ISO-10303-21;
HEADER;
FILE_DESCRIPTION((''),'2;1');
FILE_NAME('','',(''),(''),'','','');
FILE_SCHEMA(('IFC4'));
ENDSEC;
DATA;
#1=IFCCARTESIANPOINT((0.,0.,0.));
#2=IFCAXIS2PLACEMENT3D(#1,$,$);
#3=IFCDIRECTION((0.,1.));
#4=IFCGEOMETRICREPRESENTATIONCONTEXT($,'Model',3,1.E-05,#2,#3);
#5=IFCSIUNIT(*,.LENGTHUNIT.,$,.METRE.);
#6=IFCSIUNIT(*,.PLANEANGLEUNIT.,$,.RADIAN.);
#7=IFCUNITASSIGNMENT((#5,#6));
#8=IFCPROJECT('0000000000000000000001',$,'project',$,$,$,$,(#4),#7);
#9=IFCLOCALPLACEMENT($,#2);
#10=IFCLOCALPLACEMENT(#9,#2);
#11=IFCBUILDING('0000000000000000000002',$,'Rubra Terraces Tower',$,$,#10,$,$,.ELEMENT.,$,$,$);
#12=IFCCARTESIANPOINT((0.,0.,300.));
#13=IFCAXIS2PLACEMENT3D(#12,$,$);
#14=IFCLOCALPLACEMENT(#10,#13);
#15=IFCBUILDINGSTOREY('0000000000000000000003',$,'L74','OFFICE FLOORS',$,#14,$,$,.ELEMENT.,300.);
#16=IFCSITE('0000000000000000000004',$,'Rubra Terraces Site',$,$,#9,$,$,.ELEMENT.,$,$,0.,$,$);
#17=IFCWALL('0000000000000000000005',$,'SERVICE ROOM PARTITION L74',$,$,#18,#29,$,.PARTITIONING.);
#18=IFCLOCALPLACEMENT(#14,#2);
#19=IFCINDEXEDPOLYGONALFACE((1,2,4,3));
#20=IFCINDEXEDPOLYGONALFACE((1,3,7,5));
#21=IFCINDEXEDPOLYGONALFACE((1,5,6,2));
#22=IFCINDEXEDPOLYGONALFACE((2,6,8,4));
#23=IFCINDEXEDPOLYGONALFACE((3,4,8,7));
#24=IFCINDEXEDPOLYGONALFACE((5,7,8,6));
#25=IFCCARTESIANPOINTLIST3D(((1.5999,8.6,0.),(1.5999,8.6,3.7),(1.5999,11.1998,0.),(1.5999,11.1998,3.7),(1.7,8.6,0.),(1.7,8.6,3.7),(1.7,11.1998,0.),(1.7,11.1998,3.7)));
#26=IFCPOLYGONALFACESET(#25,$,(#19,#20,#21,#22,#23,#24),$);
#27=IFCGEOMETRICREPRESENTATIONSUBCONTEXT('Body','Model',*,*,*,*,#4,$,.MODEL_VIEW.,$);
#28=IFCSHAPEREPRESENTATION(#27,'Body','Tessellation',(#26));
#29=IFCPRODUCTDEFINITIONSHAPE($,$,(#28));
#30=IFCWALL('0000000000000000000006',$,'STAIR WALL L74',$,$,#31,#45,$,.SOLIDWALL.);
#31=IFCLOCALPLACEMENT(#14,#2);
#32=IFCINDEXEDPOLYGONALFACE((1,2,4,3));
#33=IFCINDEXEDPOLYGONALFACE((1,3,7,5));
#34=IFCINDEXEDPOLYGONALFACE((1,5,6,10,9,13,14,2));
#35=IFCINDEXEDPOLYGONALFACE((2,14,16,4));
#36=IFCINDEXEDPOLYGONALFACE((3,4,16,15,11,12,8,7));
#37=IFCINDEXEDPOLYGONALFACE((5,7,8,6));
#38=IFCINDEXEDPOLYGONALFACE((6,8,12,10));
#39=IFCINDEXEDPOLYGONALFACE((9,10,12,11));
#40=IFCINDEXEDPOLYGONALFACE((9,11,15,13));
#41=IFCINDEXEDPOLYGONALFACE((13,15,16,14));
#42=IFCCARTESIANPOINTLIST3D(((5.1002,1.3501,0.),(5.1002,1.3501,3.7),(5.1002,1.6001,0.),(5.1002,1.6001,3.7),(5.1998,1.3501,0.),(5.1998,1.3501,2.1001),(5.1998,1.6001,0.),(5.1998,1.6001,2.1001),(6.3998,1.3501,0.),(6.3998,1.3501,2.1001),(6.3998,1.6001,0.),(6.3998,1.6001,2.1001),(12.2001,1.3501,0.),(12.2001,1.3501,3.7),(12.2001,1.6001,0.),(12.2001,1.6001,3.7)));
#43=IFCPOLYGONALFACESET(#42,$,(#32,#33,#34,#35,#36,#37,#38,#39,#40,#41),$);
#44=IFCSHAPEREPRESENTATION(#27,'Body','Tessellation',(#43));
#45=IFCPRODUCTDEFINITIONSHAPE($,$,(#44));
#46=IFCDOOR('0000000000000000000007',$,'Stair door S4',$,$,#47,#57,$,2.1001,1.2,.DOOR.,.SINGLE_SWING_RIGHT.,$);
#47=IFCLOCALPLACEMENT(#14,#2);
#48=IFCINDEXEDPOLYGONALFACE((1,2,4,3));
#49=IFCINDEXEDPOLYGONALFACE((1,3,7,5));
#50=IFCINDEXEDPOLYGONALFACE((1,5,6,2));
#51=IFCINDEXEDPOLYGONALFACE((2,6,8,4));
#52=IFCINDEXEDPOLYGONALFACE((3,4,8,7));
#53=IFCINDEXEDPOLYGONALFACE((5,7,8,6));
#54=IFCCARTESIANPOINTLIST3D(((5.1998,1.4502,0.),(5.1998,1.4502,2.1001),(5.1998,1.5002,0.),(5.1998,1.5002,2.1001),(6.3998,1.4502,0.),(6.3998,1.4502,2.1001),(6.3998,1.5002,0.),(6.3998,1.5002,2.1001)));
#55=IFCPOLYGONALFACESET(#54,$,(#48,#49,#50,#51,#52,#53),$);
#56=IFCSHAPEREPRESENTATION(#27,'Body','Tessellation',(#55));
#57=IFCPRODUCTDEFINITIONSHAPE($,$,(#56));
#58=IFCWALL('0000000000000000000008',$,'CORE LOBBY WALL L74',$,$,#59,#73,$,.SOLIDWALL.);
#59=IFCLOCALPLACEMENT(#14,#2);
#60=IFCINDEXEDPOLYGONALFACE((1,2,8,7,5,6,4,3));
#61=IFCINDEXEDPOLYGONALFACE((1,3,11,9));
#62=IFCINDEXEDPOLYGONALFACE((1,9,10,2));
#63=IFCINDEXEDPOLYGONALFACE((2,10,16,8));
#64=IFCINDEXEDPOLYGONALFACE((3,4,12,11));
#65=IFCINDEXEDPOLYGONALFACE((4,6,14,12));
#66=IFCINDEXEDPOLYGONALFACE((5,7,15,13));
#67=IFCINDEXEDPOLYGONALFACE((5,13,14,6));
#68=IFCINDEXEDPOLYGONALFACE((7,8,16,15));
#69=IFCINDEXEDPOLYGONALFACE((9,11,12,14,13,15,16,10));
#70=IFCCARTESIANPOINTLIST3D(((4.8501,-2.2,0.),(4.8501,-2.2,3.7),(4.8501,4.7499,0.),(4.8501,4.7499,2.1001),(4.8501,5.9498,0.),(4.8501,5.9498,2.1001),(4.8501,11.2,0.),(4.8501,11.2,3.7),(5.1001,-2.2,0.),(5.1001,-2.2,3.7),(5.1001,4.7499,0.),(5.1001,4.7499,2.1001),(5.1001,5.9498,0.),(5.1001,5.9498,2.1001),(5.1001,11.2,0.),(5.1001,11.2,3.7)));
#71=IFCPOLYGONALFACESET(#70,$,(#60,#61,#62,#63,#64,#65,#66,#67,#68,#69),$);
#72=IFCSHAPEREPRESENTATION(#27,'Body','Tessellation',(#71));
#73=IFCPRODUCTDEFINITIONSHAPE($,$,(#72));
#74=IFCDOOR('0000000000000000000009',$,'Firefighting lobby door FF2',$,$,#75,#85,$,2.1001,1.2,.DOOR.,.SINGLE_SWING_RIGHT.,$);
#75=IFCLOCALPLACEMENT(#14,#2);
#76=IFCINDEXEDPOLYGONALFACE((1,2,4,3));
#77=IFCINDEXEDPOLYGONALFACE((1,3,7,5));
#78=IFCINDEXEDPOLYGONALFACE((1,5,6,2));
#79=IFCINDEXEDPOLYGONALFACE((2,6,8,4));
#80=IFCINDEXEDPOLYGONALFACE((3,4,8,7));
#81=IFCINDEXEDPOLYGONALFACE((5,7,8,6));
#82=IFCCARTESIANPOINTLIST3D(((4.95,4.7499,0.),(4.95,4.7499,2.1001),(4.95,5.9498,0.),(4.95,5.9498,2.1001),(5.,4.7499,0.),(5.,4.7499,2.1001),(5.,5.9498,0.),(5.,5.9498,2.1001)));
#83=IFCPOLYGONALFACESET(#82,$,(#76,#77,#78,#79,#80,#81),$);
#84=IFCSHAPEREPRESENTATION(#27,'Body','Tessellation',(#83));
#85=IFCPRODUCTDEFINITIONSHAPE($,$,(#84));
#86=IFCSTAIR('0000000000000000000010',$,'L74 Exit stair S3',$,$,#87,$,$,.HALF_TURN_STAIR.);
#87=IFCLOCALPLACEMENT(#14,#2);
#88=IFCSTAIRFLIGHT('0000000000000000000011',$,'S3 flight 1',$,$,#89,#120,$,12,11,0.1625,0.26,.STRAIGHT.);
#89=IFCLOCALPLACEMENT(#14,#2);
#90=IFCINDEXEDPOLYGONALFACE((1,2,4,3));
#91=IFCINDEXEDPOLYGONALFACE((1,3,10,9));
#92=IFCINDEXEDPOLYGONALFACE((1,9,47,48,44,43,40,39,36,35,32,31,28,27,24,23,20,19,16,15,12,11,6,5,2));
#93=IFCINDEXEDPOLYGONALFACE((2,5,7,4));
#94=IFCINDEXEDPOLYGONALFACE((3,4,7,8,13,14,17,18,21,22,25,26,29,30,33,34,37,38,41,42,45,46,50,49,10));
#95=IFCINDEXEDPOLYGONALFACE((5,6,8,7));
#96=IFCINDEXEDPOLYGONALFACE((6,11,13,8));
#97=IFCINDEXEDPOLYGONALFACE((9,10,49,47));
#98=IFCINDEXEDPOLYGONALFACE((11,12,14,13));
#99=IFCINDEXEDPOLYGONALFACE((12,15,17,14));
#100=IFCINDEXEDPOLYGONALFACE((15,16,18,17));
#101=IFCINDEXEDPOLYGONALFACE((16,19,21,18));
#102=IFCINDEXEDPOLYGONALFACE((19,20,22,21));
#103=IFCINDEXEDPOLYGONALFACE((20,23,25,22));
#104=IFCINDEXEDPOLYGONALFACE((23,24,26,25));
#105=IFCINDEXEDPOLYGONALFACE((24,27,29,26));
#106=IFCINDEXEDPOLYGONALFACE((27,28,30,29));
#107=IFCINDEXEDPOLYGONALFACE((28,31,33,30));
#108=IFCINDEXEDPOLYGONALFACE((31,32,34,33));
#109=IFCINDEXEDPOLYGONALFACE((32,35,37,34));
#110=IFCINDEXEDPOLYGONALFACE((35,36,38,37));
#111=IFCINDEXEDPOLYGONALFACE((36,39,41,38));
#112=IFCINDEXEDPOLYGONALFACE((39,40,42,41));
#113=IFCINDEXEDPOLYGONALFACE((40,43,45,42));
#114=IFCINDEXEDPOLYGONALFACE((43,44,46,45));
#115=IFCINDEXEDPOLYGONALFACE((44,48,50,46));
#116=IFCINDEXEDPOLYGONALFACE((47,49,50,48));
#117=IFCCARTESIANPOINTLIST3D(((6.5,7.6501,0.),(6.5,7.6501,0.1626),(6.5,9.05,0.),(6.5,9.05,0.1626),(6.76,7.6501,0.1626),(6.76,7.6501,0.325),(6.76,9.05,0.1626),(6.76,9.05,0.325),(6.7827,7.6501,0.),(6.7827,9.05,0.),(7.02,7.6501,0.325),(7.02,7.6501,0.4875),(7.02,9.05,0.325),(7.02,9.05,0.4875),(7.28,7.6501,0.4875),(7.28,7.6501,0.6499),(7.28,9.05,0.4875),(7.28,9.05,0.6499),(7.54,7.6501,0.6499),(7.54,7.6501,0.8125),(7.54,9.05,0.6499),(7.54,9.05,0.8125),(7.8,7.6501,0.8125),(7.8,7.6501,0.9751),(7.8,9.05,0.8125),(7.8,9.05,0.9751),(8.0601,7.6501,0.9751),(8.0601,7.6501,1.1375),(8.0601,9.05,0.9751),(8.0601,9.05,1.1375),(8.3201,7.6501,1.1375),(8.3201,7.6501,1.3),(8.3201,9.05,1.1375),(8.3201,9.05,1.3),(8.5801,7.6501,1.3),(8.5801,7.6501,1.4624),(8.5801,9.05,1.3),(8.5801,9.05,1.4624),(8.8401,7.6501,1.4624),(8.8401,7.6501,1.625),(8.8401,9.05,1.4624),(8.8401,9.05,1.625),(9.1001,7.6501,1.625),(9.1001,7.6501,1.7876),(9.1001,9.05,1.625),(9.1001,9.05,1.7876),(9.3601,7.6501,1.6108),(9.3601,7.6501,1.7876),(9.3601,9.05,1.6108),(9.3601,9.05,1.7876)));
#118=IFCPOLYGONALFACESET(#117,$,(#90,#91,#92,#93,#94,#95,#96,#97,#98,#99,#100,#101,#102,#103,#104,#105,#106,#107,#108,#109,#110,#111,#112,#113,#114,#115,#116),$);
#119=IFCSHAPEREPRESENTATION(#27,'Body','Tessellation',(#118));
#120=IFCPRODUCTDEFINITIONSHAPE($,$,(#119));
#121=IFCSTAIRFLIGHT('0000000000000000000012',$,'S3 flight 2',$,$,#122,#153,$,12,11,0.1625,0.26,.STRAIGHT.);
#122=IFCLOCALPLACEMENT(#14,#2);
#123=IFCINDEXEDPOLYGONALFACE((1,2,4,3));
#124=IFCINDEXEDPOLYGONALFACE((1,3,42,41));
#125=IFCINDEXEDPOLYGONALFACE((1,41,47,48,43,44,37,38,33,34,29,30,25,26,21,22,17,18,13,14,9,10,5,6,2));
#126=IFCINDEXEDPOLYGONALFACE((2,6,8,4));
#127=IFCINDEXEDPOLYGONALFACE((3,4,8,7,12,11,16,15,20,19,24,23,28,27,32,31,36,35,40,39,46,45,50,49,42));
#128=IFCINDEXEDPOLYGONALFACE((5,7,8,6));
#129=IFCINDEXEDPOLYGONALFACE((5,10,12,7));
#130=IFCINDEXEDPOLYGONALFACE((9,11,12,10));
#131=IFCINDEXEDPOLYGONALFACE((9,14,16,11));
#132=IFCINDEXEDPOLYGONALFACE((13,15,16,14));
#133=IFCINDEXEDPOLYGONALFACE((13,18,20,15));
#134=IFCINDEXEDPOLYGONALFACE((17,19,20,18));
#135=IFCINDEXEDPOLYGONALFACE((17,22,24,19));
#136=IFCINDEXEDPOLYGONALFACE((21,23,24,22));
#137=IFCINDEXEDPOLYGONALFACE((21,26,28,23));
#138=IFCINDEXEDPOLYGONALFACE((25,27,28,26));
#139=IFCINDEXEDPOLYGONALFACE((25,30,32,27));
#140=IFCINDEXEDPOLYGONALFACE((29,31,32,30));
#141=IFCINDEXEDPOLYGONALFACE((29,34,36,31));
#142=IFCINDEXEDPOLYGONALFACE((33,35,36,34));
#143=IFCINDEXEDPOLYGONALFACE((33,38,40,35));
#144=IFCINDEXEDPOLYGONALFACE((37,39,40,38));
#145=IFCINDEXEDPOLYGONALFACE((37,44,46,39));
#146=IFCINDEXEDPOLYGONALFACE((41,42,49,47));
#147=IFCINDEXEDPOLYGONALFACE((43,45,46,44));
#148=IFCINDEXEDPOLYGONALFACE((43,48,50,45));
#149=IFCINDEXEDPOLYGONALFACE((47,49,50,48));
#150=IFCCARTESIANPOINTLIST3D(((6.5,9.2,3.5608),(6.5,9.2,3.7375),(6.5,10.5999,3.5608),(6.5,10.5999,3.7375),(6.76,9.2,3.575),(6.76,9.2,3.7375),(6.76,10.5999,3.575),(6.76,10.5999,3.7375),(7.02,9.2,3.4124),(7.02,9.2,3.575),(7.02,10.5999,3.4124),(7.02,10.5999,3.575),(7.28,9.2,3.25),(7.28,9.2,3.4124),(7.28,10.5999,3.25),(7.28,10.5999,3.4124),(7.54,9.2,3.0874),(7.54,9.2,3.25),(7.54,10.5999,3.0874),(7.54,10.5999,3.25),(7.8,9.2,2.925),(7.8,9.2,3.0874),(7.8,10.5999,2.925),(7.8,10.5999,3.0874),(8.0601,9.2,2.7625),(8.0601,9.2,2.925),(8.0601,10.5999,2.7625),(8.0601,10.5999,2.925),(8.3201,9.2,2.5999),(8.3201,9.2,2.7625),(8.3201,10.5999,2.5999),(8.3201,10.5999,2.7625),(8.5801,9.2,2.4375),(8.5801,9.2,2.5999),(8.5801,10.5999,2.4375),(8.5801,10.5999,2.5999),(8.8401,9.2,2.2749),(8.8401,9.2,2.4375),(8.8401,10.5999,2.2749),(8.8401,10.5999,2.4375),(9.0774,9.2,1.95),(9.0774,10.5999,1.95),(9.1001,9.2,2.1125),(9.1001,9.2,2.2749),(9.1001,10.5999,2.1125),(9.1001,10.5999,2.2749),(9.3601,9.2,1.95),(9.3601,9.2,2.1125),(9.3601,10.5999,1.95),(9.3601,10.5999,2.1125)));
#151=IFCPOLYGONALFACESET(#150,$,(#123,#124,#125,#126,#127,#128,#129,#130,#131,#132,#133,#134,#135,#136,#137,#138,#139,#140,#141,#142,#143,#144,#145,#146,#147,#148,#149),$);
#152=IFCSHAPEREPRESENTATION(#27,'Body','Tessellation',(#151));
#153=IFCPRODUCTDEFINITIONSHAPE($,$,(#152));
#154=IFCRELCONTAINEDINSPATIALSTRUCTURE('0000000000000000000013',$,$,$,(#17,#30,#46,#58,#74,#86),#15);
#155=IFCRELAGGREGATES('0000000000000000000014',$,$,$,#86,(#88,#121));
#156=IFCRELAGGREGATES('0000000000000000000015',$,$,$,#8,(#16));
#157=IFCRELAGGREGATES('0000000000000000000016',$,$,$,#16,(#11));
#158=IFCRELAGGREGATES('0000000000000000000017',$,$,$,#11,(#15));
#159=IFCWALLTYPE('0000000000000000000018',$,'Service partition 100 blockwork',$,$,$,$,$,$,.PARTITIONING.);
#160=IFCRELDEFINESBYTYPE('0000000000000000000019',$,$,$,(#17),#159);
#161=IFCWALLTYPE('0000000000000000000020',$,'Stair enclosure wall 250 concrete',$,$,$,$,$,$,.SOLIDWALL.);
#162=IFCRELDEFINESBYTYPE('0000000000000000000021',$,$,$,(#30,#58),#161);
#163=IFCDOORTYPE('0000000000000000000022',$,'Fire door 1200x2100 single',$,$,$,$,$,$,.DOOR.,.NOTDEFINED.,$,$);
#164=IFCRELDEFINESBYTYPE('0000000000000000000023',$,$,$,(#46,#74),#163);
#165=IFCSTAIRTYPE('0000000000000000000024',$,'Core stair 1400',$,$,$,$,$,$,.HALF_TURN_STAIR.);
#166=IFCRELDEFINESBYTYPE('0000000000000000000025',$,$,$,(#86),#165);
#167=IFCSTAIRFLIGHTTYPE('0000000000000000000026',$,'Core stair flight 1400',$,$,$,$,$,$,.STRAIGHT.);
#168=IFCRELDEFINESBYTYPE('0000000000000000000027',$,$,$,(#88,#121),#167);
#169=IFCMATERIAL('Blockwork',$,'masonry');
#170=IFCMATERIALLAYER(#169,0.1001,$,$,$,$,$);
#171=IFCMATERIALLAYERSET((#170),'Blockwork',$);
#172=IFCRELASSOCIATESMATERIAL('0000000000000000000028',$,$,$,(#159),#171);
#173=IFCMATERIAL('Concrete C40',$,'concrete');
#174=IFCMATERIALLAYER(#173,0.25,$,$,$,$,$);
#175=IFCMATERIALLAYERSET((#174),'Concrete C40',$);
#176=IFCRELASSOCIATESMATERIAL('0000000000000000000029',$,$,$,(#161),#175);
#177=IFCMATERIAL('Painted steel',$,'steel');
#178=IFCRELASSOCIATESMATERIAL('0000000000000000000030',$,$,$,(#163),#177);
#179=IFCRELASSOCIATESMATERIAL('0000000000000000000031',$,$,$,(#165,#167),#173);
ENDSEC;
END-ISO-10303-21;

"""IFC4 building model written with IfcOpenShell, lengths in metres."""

from ifc_helpers import new_model, si_unit, direction, frame, frame_2d, origin, place, context, subcontext, project, spatial, polyline, rectangle, outline, extrude, material, layer, layer_set, type_object, element, fill, aggregate, save


model = new_model("IFC4")

# Units and contexts
model_context = context("Model", 3, precision=1e-05, world=origin(), true_north=direction((0.0, 1.0)))
body_context = subcontext(model_context, "Body", "Model", "MODEL_VIEW")
ifc_project = project(units=[si_unit("LENGTHUNIT", "METRE"), si_unit("PLANEANGLEUNIT", "RADIAN")], contexts=[model_context])

# Site, building, storey
site_placement = place(None, origin())
site = spatial("IfcSite", under=ifc_project, at=site_placement, Name="Rubra Terraces Site", CompositionType="ELEMENT", RefElevation=0.0)
building_placement = place(site_placement, origin())
building = spatial("IfcBuilding", under=site, at=building_placement, Name="Rubra Terraces Tower", CompositionType="ELEMENT")
storey_placement = place(building_placement, frame((0.0, 0.0, 300.0)))
storey = spatial("IfcBuildingStorey", under=building, at=storey_placement, Name="L74", Description="OFFICE FLOORS", CompositionType="ELEMENT", Elevation=300.0)

# Wall
ifc_material_1 = material(Name="Concrete C40", Category="concrete")
ifc_material_2 = material(Name="Blockwork", Category="masonry")
ifc_layer_1 = layer(ifc_material_2, 0.1001)
ifc_layer_set_1 = layer_set([ifc_layer_1], Name="Blockwork")
wall_type_1 = type_object("IfcWallType", Name="Service partition 100 blockwork", PredefinedType="PARTITIONING", material=ifc_layer_set_1)
wall_1_placement = place(storey_placement, frame((1.6499, 8.6001, 0.0), z_axis=(0.0, 0.0, 1.0), x_axis=(0.0, 1.0, 0.0)))
element("IfcWall", 1, at=wall_1_placement, inside=storey, type_object=wall_type_1, Name="SERVICE ROOM PARTITION L74", PredefinedType="PARTITIONING", context=body_context, shape_type="SweptSolid", body=[
    extrude(rectangle(XDim=2.5999, YDim=0.1001, at=frame_2d((1.2998, 0.0))), origin(), (0.0, 0.0, 1.0), 3.7),
])

# Walls, openings, doors
ifc_layer_2 = layer(ifc_material_1, 0.25)
ifc_layer_set_2 = layer_set([ifc_layer_2], Name="Concrete C40")
wall_type_2 = type_object("IfcWallType", Name="Stair enclosure wall 250 concrete", PredefinedType="SOLIDWALL", material=ifc_layer_set_2)
wall_2_placement = place(storey_placement, frame((12.2, 1.4751, 0.0), z_axis=(0.0, 0.0, 1.0), x_axis=(-1.0, 0.0, 0.0)))
wall_2 = element("IfcWall", 2, at=wall_2_placement, inside=storey, type_object=wall_type_2, Name="STAIR WALL L74", PredefinedType="SOLIDWALL", context=body_context, shape_type="SweptSolid", body=[
    extrude(rectangle(XDim=7.0999, YDim=0.25, at=frame_2d((3.5498, 0.0))), origin(), (0.0, 0.0, 1.0), 3.7),
])
opening_1_placement = place(wall_2_placement, frame((5.8, 0.0, 0.0)))
opening_1 = element("IfcOpeningElement", 3, at=opening_1_placement, cuts=wall_2, PredefinedType="OPENING", context=body_context, shape_type="SweptSolid", body=[
    extrude(rectangle(XDim=1.2, YDim=2.1001, at=frame_2d((0.6001, 1.05))), frame((0.0, 0.135, 0.0), z_axis=(0.0, -1.0, 0.0), x_axis=(1.0, 0.0, 0.0)), (0.0, 0.0, 1.0), 0.27),
])
ifc_material_3 = material(Name="Painted steel", Category="steel")
door_type_1 = type_object("IfcDoorType", Name="Fire door 1200x2100 single", OperationType="NOTDEFINED", PredefinedType="DOOR", material=ifc_material_3)
door_1_placement = place(opening_1_placement, origin())
door_1 = element("IfcDoor", 4, at=door_1_placement, inside=storey, type_object=door_type_1, Name="Stair door S4", OperationType="SINGLE_SWING_RIGHT", OverallHeight=2.1001, OverallWidth=1.2, PredefinedType="DOOR", context=body_context, shape_type="SweptSolid", body=[
    extrude(rectangle(XDim=1.2, YDim=2.1001, at=frame_2d((0.6001, 1.05))), frame((0.0, 0.0249, 0.0), z_axis=(0.0, -1.0, 0.0), x_axis=(1.0, 0.0, 0.0)), (0.0, 0.0, 1.0), 0.05),
])
fill(opening_1, door_1)
wall_3_placement = place(storey_placement, frame((4.9751, 11.2, 0.0), z_axis=(0.0, 0.0, 1.0), x_axis=(0.0, -1.0, 0.0)))
wall_3 = element("IfcWall", 5, at=wall_3_placement, inside=storey, type_object=wall_type_2, Name="CORE LOBBY WALL L74", PredefinedType="SOLIDWALL", context=body_context, shape_type="SweptSolid", body=[
    extrude(rectangle(XDim=13.3999, YDim=0.25, at=frame_2d((6.7, 0.0))), origin(), (0.0, 0.0, 1.0), 3.7),
])
opening_2_placement = place(wall_3_placement, frame((5.25, 0.0, 0.0)))
opening_2 = element("IfcOpeningElement", 6, at=opening_2_placement, cuts=wall_3, PredefinedType="OPENING", context=body_context, shape_type="SweptSolid", body=[
    extrude(rectangle(XDim=1.2, YDim=2.1001, at=frame_2d((0.6001, 1.05))), frame((0.0, 0.135, 0.0), z_axis=(0.0, -1.0, 0.0), x_axis=(1.0, 0.0, 0.0)), (0.0, 0.0, 1.0), 0.27),
])
door_2_placement = place(opening_2_placement, origin())
door_2 = element("IfcDoor", 7, at=door_2_placement, inside=storey, type_object=door_type_1, Name="Firefighting lobby door FF2", OperationType="SINGLE_SWING_RIGHT", OverallHeight=2.1001, OverallWidth=1.2, PredefinedType="DOOR", context=body_context, shape_type="SweptSolid", body=[
    extrude(rectangle(XDim=1.2, YDim=2.1001, at=frame_2d((0.6001, 1.05))), frame((0.0, 0.0249, 0.0), z_axis=(0.0, -1.0, 0.0), x_axis=(1.0, 0.0, 0.0)), (0.0, 0.0, 1.0), 0.05),
])
fill(opening_2, door_2)

# Stair, stair flights
stair_type = type_object("IfcStairType", Name="Core stair 1400", PredefinedType="HALF_TURN_STAIR", material=ifc_material_1)
stair_placement = place(storey_placement, origin())
stair = element("IfcStair", 8, at=stair_placement, inside=storey, type_object=stair_type, Name="L74 Exit stair S3", PredefinedType="HALF_TURN_STAIR")
stair_flight_type = type_object("IfcStairFlightType", Name="Core stair flight 1400", PredefinedType="STRAIGHT", material=ifc_material_1)
stair_flight_1_placement = place(storey_placement, frame((6.5, 8.3501, 0.0), z_axis=(0.0, 0.0, 1.0), x_axis=(1.0, 0.0, 0.0)))
stair_flight_1 = element("IfcStairFlight", 9, at=stair_flight_1_placement, type_object=stair_flight_type, Name="S3 flight 1", NumberOfRisers=12, NumberOfTreads=11, PredefinedType="STRAIGHT", RiserHeight=0.1625, TreadLength=0.26, context=body_context, shape_type="SweptSolid", body=[
    extrude(outline(polyline([(0.0, 0.0), (0.0, 0.1626), (0.26, 0.1626), (0.26, 0.325), (0.52, 0.325), (0.52, 0.4875), (0.78, 0.4875), (0.78, 0.6499), (1.04, 0.6499), (1.04, 0.8125), (1.3, 0.8125), (1.3, 0.9751), (1.5601, 0.9751), (1.5601, 1.1375), (1.8201, 1.1375), (1.8201, 1.3), (2.0801, 1.3), (2.0801, 1.4624), (2.3401, 1.4624), (2.3401, 1.625), (2.6001, 1.625), (2.6001, 1.7876), (2.8601, 1.7876), (2.8601, 1.95), (2.8601, 1.6108), (0.2827, 0.0), (0.0, 0.0)])), frame((0.0, 0.7, 0.0), z_axis=(0.0, -1.0, 0.0), x_axis=(1.0, 0.0, 0.0)), (0.0, 0.0, 1.0), 1.3999),
])
stair_flight_2_placement = place(storey_placement, frame((9.3601, 9.8999, 1.95), z_axis=(0.0, 0.0, 1.0), x_axis=(-1.0, 0.0, 0.0)))
stair_flight_2 = element("IfcStairFlight", 10, at=stair_flight_2_placement, type_object=stair_flight_type, Name="S3 flight 2", NumberOfRisers=12, NumberOfTreads=11, PredefinedType="STRAIGHT", RiserHeight=0.1625, TreadLength=0.26, context=body_context, shape_type="SweptSolid", body=[
    extrude(outline(polyline([(0.0, 0.0), (0.0, 0.1626), (0.26, 0.1626), (0.26, 0.325), (0.52, 0.325), (0.52, 0.4875), (0.78, 0.4875), (0.78, 0.6499), (1.04, 0.6499), (1.04, 0.8125), (1.3, 0.8125), (1.3, 0.9751), (1.5601, 0.9751), (1.5601, 1.1375), (1.8201, 1.1375), (1.8201, 1.3), (2.0801, 1.3), (2.0801, 1.4624), (2.3401, 1.4624), (2.3401, 1.625), (2.6001, 1.625), (2.6001, 1.7876), (2.8601, 1.7876), (2.8601, 1.95), (2.8601, 1.6108), (0.2827, 0.0), (0.0, 0.0)])), frame((0.0, 0.7, 0.0), z_axis=(0.0, -1.0, 0.0), x_axis=(1.0, 0.0, 0.0)), (0.0, 0.0, 1.0), 1.3999),
])
aggregate(stair, [stair_flight_1, stair_flight_2])

save(model, "model.ifc")
